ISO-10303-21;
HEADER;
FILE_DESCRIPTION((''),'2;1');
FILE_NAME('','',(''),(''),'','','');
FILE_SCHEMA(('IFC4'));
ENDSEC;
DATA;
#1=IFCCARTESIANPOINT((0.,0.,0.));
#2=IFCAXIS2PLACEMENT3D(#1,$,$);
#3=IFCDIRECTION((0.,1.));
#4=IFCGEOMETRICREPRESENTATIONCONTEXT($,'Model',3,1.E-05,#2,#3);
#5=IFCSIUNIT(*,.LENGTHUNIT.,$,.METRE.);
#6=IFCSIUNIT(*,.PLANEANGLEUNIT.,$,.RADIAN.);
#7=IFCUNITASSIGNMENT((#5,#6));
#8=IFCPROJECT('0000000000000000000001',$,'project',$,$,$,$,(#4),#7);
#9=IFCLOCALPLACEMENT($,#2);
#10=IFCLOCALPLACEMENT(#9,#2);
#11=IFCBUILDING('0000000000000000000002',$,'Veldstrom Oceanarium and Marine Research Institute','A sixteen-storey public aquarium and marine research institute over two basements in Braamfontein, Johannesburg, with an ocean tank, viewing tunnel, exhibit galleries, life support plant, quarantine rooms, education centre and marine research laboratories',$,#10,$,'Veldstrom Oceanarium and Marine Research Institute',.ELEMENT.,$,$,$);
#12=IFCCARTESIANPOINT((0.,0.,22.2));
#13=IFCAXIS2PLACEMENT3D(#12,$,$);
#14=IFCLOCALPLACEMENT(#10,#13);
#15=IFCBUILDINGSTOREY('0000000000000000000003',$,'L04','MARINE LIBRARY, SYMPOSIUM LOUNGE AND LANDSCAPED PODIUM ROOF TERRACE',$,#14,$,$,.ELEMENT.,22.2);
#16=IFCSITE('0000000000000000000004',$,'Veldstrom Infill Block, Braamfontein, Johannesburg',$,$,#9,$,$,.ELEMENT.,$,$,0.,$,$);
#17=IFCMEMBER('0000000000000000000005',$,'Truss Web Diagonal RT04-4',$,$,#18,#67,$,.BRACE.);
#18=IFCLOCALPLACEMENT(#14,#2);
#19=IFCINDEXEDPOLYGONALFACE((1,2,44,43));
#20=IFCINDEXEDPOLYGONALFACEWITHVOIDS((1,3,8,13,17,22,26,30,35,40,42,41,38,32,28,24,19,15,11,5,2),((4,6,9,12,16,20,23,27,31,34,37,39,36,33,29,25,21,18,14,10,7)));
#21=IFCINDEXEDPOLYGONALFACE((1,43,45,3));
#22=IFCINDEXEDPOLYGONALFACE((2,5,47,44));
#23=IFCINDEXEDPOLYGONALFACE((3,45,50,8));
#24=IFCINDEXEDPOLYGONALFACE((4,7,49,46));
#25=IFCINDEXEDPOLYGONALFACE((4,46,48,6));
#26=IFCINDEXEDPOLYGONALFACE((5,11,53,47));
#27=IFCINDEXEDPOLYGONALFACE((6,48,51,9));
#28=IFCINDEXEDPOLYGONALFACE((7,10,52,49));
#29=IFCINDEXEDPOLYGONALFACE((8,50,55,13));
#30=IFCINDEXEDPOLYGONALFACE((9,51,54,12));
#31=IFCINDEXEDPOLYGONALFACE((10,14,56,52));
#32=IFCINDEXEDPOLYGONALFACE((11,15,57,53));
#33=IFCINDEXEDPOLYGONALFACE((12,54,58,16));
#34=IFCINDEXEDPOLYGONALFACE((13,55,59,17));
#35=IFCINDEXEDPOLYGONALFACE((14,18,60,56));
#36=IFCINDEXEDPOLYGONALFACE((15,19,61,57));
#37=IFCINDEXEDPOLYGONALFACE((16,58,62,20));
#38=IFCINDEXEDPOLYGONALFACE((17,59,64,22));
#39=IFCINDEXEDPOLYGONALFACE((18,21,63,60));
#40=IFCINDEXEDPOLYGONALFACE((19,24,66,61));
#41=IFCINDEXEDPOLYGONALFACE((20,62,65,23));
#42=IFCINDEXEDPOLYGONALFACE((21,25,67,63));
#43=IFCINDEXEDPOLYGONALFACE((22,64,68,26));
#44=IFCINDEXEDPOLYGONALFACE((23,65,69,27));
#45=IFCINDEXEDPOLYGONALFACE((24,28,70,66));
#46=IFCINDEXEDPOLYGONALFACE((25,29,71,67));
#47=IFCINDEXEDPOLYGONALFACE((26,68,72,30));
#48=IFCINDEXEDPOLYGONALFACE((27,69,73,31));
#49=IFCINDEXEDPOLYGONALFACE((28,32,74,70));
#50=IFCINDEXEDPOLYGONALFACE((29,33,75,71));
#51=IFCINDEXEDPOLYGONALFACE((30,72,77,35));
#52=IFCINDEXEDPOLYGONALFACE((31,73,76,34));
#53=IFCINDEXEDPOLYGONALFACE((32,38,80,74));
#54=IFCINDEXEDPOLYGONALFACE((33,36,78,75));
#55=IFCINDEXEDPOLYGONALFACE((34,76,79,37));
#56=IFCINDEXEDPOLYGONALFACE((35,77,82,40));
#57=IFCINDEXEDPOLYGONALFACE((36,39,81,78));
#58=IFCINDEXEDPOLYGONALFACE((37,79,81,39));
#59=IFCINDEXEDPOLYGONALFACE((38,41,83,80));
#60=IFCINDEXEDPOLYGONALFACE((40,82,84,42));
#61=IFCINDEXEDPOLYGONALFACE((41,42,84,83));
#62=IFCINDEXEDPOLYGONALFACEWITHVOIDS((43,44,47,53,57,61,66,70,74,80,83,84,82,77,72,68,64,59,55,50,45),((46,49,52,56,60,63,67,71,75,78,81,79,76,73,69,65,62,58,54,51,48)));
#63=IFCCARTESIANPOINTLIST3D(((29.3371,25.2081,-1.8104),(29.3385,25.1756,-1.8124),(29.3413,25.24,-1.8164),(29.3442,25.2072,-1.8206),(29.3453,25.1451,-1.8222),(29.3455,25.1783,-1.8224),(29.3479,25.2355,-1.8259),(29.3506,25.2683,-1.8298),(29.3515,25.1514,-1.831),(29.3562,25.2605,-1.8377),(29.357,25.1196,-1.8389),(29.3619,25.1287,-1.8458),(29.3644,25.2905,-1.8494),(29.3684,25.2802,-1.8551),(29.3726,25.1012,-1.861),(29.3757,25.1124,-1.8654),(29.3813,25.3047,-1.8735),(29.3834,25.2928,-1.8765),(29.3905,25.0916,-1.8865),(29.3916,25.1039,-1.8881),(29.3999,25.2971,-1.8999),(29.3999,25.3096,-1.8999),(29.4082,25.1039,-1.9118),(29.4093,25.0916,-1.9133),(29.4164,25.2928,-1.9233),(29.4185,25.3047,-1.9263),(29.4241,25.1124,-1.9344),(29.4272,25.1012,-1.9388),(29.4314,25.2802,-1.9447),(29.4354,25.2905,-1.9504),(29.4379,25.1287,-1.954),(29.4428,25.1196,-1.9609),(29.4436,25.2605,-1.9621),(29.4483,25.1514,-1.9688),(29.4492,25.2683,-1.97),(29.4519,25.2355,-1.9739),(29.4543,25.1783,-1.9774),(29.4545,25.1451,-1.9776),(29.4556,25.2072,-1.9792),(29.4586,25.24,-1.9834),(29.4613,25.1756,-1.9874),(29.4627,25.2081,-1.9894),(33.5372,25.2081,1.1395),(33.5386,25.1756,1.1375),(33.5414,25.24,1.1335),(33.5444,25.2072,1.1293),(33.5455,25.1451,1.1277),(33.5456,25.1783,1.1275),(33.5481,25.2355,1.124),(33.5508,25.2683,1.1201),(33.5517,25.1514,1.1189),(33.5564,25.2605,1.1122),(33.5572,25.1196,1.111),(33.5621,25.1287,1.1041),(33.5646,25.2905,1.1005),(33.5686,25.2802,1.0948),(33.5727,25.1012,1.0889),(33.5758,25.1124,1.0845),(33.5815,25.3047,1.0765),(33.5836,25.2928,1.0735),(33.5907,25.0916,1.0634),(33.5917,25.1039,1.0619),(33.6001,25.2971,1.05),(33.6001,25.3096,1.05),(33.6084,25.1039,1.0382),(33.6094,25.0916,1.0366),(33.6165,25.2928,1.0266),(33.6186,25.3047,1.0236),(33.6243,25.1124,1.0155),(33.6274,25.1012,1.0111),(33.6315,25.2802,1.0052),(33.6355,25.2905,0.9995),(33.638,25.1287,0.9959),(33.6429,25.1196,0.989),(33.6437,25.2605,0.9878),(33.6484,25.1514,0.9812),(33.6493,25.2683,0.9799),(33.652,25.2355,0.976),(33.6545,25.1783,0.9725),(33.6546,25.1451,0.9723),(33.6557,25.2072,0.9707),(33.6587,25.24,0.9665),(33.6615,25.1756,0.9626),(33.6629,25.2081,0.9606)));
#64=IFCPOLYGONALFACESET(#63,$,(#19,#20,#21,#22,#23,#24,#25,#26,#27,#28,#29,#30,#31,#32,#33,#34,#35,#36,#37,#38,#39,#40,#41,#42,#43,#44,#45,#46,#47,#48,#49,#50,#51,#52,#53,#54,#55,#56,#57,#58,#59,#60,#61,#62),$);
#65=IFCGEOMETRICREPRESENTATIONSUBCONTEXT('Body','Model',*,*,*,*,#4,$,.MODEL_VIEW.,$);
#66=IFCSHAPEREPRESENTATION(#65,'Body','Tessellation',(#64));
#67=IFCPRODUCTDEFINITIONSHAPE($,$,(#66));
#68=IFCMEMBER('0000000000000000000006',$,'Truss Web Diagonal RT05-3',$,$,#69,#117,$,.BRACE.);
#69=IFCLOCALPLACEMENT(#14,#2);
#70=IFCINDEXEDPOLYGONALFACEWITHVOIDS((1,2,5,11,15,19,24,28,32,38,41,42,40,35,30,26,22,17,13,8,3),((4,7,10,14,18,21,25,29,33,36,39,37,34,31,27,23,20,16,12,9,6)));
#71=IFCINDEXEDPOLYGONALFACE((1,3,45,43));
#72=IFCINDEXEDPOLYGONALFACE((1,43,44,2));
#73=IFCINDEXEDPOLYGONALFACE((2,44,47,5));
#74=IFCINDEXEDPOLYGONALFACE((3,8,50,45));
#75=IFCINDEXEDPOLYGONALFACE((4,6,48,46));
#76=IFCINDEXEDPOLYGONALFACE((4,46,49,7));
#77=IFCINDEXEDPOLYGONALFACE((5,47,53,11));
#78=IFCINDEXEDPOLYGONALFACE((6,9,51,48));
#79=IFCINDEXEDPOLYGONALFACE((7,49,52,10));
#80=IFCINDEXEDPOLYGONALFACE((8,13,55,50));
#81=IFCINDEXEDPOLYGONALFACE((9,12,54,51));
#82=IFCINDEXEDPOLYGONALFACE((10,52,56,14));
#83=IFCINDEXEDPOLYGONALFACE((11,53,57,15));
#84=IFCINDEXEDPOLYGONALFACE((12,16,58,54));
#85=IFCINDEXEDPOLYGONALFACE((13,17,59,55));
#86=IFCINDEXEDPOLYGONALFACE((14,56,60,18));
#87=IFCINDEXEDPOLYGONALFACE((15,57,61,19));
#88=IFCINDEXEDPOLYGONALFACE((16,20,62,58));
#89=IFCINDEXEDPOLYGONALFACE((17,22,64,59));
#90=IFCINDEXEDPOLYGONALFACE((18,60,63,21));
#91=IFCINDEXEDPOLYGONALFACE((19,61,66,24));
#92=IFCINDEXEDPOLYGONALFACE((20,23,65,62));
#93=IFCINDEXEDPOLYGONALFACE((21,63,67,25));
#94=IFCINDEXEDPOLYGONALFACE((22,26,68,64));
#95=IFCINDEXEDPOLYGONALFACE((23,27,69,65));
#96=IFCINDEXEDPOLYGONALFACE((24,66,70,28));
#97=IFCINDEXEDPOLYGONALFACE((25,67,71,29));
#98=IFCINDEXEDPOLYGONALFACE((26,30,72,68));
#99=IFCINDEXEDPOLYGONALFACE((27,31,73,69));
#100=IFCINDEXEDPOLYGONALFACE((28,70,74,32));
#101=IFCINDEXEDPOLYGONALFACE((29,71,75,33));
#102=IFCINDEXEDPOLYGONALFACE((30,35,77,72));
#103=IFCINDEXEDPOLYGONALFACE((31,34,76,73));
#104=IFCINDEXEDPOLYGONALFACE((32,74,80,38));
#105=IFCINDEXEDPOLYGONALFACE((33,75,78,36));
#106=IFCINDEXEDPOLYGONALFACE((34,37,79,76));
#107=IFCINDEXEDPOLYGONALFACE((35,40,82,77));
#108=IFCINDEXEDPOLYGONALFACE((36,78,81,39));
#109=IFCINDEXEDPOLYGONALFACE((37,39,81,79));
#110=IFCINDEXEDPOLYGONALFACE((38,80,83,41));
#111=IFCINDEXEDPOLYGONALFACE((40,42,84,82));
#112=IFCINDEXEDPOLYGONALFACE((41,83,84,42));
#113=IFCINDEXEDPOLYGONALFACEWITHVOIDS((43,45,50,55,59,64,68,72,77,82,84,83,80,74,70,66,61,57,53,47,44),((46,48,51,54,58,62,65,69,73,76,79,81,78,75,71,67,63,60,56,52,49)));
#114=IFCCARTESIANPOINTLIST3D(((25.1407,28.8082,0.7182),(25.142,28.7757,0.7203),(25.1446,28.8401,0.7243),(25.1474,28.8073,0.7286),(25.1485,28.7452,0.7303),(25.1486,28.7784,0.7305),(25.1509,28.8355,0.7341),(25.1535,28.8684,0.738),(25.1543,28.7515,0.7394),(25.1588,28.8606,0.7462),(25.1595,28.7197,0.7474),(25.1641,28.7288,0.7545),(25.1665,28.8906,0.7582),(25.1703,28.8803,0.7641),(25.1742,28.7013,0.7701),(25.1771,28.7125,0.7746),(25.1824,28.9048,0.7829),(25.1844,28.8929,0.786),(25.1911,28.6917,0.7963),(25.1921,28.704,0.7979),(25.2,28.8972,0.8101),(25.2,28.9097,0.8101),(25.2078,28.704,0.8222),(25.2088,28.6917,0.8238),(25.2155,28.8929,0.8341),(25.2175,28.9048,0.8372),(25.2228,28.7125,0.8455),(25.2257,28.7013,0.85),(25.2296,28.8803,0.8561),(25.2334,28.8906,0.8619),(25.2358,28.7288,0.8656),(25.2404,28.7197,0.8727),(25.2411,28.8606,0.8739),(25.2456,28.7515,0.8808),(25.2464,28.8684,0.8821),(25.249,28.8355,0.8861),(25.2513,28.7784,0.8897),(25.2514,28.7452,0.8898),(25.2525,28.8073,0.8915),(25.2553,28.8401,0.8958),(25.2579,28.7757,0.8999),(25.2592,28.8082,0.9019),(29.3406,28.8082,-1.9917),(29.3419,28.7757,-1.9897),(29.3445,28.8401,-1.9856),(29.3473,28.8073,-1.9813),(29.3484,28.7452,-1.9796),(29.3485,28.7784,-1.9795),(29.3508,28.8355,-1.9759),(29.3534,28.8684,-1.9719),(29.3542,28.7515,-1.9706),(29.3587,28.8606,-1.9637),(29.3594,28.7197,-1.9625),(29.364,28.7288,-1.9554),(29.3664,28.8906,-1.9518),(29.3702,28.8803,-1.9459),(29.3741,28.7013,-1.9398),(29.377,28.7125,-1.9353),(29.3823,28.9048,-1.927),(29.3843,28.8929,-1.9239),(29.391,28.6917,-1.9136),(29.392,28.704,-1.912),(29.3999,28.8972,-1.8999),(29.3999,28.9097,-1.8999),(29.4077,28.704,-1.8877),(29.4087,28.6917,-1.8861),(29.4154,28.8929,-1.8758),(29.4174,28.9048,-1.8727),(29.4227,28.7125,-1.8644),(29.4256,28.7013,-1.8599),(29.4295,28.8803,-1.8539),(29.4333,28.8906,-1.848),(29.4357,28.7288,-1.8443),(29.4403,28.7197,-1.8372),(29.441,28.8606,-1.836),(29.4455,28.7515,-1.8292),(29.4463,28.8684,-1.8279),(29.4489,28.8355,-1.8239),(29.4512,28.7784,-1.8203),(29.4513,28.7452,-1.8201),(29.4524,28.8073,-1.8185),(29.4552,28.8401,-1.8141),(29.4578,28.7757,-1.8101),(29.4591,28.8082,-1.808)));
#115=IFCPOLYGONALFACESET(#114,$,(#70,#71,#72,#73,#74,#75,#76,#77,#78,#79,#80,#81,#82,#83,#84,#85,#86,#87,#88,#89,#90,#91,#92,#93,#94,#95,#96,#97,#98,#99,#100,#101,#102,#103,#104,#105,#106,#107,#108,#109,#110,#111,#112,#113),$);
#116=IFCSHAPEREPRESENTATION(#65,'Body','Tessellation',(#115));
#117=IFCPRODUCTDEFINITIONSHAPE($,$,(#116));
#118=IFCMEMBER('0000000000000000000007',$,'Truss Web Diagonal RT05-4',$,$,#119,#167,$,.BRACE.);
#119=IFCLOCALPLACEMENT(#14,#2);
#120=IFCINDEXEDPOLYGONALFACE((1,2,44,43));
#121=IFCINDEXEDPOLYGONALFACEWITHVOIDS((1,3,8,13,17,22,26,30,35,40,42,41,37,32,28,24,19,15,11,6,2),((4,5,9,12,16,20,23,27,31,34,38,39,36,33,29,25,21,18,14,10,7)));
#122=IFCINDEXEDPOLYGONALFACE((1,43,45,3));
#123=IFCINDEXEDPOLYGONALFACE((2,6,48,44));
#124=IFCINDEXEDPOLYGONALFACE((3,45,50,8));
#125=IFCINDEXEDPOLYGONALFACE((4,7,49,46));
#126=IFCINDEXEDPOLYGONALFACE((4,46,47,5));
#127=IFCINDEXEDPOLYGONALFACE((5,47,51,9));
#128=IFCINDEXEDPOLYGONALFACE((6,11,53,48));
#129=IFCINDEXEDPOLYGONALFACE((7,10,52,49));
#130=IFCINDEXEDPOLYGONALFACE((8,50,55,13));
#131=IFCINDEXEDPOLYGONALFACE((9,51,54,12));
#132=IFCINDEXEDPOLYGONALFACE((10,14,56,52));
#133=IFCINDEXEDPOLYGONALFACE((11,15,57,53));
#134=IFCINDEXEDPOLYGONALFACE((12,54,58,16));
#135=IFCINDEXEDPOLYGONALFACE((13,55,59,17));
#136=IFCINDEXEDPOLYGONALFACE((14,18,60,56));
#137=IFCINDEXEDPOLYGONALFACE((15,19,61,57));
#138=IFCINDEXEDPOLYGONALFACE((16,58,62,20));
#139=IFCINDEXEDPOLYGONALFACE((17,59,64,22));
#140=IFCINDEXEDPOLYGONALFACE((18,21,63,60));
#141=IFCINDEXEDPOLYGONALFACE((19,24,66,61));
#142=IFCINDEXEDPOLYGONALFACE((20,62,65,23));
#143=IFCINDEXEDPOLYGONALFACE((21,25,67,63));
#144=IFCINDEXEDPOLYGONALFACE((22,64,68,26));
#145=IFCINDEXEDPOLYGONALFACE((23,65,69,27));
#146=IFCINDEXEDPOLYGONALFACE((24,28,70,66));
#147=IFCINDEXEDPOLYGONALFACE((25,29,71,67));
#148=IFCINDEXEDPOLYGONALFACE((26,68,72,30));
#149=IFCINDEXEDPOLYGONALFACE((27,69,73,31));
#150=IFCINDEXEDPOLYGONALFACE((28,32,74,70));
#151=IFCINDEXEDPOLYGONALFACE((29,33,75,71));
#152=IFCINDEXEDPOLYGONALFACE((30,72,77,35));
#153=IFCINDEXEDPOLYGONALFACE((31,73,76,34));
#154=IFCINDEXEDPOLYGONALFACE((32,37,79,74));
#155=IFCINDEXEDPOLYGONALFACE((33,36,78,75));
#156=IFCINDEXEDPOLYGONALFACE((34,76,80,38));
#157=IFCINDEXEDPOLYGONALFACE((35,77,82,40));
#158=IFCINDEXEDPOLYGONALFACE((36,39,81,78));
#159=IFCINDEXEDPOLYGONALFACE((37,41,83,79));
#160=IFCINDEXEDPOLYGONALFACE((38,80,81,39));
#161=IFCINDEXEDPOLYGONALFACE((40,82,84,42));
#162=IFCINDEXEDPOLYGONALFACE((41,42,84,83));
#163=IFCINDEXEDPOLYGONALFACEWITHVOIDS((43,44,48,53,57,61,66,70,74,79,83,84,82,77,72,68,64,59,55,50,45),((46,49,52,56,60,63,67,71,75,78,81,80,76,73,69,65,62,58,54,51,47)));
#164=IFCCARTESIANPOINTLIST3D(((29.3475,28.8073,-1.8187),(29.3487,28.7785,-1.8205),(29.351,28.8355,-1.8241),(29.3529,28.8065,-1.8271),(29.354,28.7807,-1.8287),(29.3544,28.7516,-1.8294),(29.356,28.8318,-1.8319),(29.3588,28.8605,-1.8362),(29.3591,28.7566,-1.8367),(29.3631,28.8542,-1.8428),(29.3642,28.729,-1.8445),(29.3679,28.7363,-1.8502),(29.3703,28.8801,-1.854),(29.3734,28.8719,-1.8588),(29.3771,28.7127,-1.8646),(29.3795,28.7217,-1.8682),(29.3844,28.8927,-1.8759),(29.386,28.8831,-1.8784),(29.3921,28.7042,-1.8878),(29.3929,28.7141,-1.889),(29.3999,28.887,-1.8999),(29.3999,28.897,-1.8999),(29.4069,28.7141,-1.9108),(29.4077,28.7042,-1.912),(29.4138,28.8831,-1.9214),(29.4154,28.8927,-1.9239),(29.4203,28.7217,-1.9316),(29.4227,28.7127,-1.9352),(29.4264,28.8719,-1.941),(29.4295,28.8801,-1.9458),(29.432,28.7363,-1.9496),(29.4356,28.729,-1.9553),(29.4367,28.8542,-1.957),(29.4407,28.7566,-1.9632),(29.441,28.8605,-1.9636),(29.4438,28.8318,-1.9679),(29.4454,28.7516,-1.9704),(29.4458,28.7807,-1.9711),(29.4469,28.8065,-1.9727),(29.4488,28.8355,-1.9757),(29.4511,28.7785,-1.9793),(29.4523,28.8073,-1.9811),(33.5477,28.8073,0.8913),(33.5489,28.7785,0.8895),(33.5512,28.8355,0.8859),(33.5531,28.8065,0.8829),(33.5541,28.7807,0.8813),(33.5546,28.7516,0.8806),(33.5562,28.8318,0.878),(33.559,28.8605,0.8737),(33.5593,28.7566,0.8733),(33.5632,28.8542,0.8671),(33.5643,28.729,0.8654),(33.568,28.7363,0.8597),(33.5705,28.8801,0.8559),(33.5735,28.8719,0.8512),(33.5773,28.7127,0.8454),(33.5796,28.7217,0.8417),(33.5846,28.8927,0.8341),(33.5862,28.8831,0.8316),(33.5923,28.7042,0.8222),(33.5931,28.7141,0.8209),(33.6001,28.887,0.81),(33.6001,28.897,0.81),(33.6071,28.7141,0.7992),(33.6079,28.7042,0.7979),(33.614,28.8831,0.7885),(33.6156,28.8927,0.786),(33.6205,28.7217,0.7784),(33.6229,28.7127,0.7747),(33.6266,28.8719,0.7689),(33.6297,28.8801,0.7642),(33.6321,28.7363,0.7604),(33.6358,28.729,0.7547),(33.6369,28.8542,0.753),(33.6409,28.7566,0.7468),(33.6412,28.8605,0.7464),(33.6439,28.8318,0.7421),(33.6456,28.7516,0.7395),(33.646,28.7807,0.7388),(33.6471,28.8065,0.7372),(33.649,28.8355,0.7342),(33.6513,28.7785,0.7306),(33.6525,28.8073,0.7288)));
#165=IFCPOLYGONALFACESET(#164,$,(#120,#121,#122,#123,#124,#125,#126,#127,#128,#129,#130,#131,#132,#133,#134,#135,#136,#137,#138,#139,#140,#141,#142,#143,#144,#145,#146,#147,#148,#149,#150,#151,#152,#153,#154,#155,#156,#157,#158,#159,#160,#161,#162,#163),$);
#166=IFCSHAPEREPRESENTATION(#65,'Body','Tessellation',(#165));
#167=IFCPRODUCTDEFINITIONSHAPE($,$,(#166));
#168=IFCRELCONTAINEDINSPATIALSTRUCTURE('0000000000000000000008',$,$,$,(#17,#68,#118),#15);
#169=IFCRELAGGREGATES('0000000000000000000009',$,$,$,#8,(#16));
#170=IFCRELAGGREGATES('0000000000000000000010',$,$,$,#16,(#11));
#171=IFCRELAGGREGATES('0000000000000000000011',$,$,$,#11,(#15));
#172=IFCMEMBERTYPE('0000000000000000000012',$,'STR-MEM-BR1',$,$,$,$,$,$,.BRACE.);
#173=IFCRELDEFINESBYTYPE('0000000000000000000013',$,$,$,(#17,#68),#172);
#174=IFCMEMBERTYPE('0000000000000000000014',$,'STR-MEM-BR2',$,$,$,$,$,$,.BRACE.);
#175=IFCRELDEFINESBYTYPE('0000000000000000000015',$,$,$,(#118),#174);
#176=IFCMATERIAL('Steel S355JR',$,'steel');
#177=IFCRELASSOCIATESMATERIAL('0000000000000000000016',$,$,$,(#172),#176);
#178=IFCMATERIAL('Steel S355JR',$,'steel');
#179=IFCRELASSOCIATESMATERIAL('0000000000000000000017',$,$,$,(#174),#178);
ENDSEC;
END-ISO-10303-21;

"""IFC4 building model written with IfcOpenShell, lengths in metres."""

from ifc_helpers import new_model, si_unit, direction, frame, origin, origin_2d, place, context, subcontext, project, spatial, hollow_circle, extrude, material, material_profile, profile_set, type_object, element, save


model = new_model("IFC4")

# Units and contexts
model_context = context("Model", 3, precision=1e-05, world=origin(), true_north=direction((0.0, 1.0)))
body_context = subcontext(model_context, "Body", "Model", "MODEL_VIEW")
ifc_project = project(units=[si_unit("LENGTHUNIT", "METRE"), si_unit("PLANEANGLEUNIT", "RADIAN")], contexts=[model_context])

# Site, building, storey
site_placement = place(None, origin())
site = spatial("IfcSite", under=ifc_project, at=site_placement, Name="Veldstrom Infill Block, Braamfontein, Johannesburg", CompositionType="ELEMENT", RefElevation=0.0)
building_placement = place(site_placement, origin())
building = spatial("IfcBuilding", under=site, at=building_placement, Name="Veldstrom Oceanarium and Marine Research Institute", Description="A sixteen-storey public aquarium and marine research institute over two basements in Braamfontein, Johannesburg, with an ocean tank, viewing tunnel, exhibit galleries, life support plant, quarantine rooms, education centre and marine research laboratories", LongName="Veldstrom Oceanarium and Marine Research Institute", CompositionType="ELEMENT")
storey_placement = place(building_placement, frame((0.0, 0.0, 22.2)))
storey = spatial("IfcBuildingStorey", under=building, at=storey_placement, Name="L04", Description="MARINE LIBRARY, SYMPOSIUM LOUNGE AND LANDSCAPED PODIUM ROOF TERRACE", CompositionType="ELEMENT", Elevation=22.2)

# Members
ifc_material_1 = material(Name="Steel S355JR", Category="steel")
ifc_material_profile_1 = material_profile(ifc_material_1, hollow_circle(Radius=0.1096, WallThickness=0.0125, at=origin_2d()), Name="CHS 219.1x12.5")
ifc_profile_set_1 = profile_set([ifc_material_profile_1], Name="Steel S355JR")
member_type_1 = type_object("IfcMemberType", Name="STR-MEM-BR1", PredefinedType="BRACE", material=ifc_profile_set_1)
member_1_placement = place(storey_placement, frame((29.3999, 25.2, -1.8999), z_axis=(0.818333, 0.0, 0.574745), x_axis=(0.0, 1.0, 0.0)))
element("IfcMember", 1, at=member_1_placement, inside=storey, type_object=member_type_1, Name="Truss Web Diagonal RT04-4", PredefinedType="BRACE", context=body_context, shape_type="SweptSolid", body=[
    extrude(hollow_circle(Radius=0.1096, WallThickness=0.0125, at=origin_2d()), origin(), (0.0, 0.0, 1.0), 5.1326),
])
member_2_placement = place(storey_placement, frame((25.2, 28.8, 0.8101), z_axis=(0.840268, 0.0, -0.542171), x_axis=(0.0, 1.0, 0.0)))
element("IfcMember", 2, at=member_2_placement, inside=storey, type_object=member_type_1, Name="Truss Web Diagonal RT05-3", PredefinedType="BRACE", context=body_context, shape_type="SweptSolid", body=[
    extrude(hollow_circle(Radius=0.1096, WallThickness=0.0125, at=origin_2d()), origin(), (0.0, 0.0, 1.0), 4.9983),
])
ifc_material_2 = material(Name="Steel S355JR", Category="steel")
ifc_material_profile_2 = material_profile(ifc_material_2, hollow_circle(Radius=0.0969, WallThickness=0.01, at=origin_2d()), Name="CHS 193.7x10")
ifc_profile_set_2 = profile_set([ifc_material_profile_2], Name="Steel S355JR")
member_type_2 = type_object("IfcMemberType", Name="STR-MEM-BR2", PredefinedType="BRACE", material=ifc_profile_set_2)
member_3_placement = place(storey_placement, frame((29.3999, 28.8, -1.8999), z_axis=(0.840282, 0.0, 0.542149), x_axis=(0.0, 1.0, 0.0)))
element("IfcMember", 3, at=member_3_placement, inside=storey, type_object=member_type_2, Name="Truss Web Diagonal RT05-4", PredefinedType="BRACE", context=body_context, shape_type="SweptSolid", body=[
    extrude(hollow_circle(Radius=0.0969, WallThickness=0.01, at=origin_2d()), origin(), (0.0, 0.0, 1.0), 4.9985),
])

save(model, "model.ifc")
